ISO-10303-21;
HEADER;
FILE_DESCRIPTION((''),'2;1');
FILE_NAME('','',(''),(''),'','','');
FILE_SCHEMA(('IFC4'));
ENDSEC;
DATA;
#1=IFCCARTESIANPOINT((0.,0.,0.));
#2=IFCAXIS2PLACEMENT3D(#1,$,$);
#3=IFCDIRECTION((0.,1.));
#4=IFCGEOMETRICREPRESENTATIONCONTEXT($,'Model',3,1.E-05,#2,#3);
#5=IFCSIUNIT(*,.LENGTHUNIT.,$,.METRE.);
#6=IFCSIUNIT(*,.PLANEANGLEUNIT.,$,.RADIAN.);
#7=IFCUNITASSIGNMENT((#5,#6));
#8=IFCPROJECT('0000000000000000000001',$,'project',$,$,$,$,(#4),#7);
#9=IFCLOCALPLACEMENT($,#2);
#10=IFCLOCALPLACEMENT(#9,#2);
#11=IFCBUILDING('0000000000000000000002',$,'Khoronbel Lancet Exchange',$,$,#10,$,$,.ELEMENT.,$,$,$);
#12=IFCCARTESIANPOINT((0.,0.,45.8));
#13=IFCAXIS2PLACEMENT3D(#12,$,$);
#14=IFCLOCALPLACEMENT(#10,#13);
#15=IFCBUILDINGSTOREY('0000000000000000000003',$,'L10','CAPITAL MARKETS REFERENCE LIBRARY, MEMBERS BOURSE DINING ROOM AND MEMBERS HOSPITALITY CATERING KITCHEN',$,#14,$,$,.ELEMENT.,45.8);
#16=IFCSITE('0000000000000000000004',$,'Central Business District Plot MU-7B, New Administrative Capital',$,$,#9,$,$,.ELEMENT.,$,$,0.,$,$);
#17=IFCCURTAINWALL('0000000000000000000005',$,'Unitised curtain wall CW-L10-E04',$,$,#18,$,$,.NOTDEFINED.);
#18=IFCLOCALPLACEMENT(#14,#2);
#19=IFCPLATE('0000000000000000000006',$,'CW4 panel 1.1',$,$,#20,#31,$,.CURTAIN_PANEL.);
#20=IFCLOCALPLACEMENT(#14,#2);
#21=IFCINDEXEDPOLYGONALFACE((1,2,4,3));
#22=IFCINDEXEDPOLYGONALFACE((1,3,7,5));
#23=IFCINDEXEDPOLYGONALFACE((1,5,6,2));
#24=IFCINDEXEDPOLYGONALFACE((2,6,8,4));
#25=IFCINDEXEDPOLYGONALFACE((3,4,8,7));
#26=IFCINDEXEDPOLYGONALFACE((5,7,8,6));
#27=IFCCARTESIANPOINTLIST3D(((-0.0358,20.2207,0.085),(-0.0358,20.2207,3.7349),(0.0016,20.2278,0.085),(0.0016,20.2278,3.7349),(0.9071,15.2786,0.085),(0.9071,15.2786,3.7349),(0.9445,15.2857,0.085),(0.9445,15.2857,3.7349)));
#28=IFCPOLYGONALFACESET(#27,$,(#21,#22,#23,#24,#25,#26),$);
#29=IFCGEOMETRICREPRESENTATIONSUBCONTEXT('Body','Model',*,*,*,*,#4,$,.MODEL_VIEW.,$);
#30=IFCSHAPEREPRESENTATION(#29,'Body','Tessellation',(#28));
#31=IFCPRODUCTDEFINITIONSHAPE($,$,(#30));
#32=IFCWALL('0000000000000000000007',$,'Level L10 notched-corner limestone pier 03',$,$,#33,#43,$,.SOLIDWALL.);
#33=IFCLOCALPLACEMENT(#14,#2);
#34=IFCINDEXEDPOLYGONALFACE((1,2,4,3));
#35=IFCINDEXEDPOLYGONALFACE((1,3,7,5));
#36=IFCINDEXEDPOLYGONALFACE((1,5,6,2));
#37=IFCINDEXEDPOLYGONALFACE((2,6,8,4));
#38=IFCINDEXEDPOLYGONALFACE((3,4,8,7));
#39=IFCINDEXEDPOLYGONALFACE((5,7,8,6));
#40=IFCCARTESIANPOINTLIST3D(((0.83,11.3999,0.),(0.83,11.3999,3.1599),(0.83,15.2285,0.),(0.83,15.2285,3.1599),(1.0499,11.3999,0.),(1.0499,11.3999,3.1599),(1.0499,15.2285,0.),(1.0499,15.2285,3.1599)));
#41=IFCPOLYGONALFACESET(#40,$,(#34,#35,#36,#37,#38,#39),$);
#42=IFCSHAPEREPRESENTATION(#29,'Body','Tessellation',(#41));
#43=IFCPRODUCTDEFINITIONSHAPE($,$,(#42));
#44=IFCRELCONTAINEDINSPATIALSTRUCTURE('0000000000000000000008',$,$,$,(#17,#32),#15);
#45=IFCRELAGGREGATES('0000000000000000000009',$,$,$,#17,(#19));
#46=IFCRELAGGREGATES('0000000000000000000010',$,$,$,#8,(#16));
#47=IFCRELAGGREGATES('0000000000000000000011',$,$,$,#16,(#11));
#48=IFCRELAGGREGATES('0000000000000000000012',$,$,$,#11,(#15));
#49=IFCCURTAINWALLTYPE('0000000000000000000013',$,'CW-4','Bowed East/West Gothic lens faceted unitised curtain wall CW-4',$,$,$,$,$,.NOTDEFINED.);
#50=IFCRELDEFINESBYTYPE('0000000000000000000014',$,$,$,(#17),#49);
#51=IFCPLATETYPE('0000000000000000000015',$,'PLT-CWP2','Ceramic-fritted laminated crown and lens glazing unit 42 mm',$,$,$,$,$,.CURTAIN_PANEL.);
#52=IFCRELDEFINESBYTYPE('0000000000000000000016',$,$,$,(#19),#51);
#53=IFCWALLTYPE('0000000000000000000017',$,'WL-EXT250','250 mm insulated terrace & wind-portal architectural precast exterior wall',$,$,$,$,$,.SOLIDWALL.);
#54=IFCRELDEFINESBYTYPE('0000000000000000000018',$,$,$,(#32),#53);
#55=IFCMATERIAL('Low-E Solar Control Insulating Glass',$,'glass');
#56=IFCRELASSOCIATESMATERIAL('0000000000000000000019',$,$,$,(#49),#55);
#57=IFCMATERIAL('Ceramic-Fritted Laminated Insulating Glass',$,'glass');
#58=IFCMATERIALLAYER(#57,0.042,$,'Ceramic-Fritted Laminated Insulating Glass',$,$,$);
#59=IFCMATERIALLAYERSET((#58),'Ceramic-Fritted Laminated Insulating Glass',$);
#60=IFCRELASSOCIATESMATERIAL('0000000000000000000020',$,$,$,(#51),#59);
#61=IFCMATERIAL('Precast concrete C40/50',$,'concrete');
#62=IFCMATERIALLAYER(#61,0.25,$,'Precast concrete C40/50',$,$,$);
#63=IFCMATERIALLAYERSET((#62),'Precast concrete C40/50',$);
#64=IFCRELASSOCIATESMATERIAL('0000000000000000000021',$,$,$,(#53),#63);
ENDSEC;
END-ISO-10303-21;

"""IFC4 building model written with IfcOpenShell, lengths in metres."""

from ifc_helpers import new_model, si_unit, direction, frame, frame_2d, origin, origin_2d, place, context, subcontext, project, spatial, rectangle, extrude, material, layer, layer_set, type_object, element, aggregate, save


model = new_model("IFC4")

# Units and contexts
model_context = context("Model", 3, precision=1e-05, world=origin(), true_north=direction((0.0, 1.0)))
body_context = subcontext(model_context, "Body", "Model", "MODEL_VIEW")
ifc_project = project(units=[si_unit("LENGTHUNIT", "METRE"), si_unit("PLANEANGLEUNIT", "RADIAN")], contexts=[model_context])

# Site, building, storey
site_placement = place(None, origin())
site = spatial("IfcSite", under=ifc_project, at=site_placement, Name="Central Business District Plot MU-7B, New Administrative Capital", CompositionType="ELEMENT", RefElevation=0.0)
building_placement = place(site_placement, origin())
building = spatial("IfcBuilding", under=site, at=building_placement, Name="Khoronbel Lancet Exchange", CompositionType="ELEMENT")
storey_placement = place(building_placement, frame((0.0, 0.0, 45.8)))
storey = spatial("IfcBuildingStorey", under=building, at=storey_placement, Name="L10", Description="CAPITAL MARKETS REFERENCE LIBRARY, MEMBERS BOURSE DINING ROOM AND MEMBERS HOSPITALITY CATERING KITCHEN", CompositionType="ELEMENT", Elevation=45.8)

# Curtain wall
ifc_material_1 = material(Name="Low-E Solar Control Insulating Glass", Category="glass")
curtain_wall_type = type_object("IfcCurtainWallType", Name="CW-4", Description="Bowed East/West Gothic lens faceted unitised curtain wall CW-4", PredefinedType="NOTDEFINED", material=ifc_material_1)
curtain_wall_1_placement = place(storey_placement, origin())
curtain_wall_1 = element("IfcCurtainWall", 1, at=curtain_wall_1_placement, inside=storey, type_object=curtain_wall_type, Name="Unitised curtain wall CW-L10-E04", PredefinedType="NOTDEFINED")

# Plate
ifc_material_2 = material(Name="Ceramic-Fritted Laminated Insulating Glass", Category="glass")
ifc_layer_1 = layer(ifc_material_2, 0.042, Name="Ceramic-Fritted Laminated Insulating Glass")
ifc_layer_set_1 = layer_set([ifc_layer_1], Name="Ceramic-Fritted Laminated Insulating Glass")
plate_type_1 = type_object("IfcPlateType", Name="PLT-CWP2", Description="Ceramic-fritted laminated crown and lens glazing unit 42 mm", PredefinedType="CURTAIN_PANEL", material=ifc_layer_set_1)
plate_1_placement = place(storey_placement, frame((0.4543, 17.7532, 0.085), z_axis=(0.0, 0.0, 1.0), x_axis=(-0.187423, 0.982279, 0.0)))
plate_1 = element("IfcPlate", 2, at=plate_1_placement, type_object=plate_type_1, Name="CW4 panel 1.1", PredefinedType="CURTAIN_PANEL", context=body_context, shape_type="SweptSolid", body=[
    extrude(rectangle(XDim=5.0312, YDim=0.0381, at=origin_2d()), origin(), (0.0, 0.0, 1.0), 3.6499),
])
aggregate(curtain_wall_1, [plate_1])

# Wall
ifc_material_3 = material(Name="Precast concrete C40/50", Category="concrete")
ifc_layer_2 = layer(ifc_material_3, 0.25, Name="Precast concrete C40/50")
ifc_layer_set_2 = layer_set([ifc_layer_2], Name="Precast concrete C40/50")
wall_type = type_object("IfcWallType", Name="WL-EXT250", Description="250 mm insulated terrace & wind-portal architectural precast exterior wall", PredefinedType="SOLIDWALL", material=ifc_layer_set_2)
wall_placement = place(storey_placement, frame((0.9399, 11.3999, 0.0), z_axis=(0.0, 0.0, 1.0), x_axis=(0.0, 1.0, 0.0)))
element("IfcWall", 3, at=wall_placement, inside=storey, type_object=wall_type, Name="Level L10 notched-corner limestone pier 03", PredefinedType="SOLIDWALL", context=body_context, shape_type="SweptSolid", body=[
    extrude(rectangle(XDim=3.8286, YDim=0.22, at=frame_2d((1.9143, 0.0))), origin(), (0.0, 0.0, 1.0), 3.1599),
])

save(model, "model.ifc")
